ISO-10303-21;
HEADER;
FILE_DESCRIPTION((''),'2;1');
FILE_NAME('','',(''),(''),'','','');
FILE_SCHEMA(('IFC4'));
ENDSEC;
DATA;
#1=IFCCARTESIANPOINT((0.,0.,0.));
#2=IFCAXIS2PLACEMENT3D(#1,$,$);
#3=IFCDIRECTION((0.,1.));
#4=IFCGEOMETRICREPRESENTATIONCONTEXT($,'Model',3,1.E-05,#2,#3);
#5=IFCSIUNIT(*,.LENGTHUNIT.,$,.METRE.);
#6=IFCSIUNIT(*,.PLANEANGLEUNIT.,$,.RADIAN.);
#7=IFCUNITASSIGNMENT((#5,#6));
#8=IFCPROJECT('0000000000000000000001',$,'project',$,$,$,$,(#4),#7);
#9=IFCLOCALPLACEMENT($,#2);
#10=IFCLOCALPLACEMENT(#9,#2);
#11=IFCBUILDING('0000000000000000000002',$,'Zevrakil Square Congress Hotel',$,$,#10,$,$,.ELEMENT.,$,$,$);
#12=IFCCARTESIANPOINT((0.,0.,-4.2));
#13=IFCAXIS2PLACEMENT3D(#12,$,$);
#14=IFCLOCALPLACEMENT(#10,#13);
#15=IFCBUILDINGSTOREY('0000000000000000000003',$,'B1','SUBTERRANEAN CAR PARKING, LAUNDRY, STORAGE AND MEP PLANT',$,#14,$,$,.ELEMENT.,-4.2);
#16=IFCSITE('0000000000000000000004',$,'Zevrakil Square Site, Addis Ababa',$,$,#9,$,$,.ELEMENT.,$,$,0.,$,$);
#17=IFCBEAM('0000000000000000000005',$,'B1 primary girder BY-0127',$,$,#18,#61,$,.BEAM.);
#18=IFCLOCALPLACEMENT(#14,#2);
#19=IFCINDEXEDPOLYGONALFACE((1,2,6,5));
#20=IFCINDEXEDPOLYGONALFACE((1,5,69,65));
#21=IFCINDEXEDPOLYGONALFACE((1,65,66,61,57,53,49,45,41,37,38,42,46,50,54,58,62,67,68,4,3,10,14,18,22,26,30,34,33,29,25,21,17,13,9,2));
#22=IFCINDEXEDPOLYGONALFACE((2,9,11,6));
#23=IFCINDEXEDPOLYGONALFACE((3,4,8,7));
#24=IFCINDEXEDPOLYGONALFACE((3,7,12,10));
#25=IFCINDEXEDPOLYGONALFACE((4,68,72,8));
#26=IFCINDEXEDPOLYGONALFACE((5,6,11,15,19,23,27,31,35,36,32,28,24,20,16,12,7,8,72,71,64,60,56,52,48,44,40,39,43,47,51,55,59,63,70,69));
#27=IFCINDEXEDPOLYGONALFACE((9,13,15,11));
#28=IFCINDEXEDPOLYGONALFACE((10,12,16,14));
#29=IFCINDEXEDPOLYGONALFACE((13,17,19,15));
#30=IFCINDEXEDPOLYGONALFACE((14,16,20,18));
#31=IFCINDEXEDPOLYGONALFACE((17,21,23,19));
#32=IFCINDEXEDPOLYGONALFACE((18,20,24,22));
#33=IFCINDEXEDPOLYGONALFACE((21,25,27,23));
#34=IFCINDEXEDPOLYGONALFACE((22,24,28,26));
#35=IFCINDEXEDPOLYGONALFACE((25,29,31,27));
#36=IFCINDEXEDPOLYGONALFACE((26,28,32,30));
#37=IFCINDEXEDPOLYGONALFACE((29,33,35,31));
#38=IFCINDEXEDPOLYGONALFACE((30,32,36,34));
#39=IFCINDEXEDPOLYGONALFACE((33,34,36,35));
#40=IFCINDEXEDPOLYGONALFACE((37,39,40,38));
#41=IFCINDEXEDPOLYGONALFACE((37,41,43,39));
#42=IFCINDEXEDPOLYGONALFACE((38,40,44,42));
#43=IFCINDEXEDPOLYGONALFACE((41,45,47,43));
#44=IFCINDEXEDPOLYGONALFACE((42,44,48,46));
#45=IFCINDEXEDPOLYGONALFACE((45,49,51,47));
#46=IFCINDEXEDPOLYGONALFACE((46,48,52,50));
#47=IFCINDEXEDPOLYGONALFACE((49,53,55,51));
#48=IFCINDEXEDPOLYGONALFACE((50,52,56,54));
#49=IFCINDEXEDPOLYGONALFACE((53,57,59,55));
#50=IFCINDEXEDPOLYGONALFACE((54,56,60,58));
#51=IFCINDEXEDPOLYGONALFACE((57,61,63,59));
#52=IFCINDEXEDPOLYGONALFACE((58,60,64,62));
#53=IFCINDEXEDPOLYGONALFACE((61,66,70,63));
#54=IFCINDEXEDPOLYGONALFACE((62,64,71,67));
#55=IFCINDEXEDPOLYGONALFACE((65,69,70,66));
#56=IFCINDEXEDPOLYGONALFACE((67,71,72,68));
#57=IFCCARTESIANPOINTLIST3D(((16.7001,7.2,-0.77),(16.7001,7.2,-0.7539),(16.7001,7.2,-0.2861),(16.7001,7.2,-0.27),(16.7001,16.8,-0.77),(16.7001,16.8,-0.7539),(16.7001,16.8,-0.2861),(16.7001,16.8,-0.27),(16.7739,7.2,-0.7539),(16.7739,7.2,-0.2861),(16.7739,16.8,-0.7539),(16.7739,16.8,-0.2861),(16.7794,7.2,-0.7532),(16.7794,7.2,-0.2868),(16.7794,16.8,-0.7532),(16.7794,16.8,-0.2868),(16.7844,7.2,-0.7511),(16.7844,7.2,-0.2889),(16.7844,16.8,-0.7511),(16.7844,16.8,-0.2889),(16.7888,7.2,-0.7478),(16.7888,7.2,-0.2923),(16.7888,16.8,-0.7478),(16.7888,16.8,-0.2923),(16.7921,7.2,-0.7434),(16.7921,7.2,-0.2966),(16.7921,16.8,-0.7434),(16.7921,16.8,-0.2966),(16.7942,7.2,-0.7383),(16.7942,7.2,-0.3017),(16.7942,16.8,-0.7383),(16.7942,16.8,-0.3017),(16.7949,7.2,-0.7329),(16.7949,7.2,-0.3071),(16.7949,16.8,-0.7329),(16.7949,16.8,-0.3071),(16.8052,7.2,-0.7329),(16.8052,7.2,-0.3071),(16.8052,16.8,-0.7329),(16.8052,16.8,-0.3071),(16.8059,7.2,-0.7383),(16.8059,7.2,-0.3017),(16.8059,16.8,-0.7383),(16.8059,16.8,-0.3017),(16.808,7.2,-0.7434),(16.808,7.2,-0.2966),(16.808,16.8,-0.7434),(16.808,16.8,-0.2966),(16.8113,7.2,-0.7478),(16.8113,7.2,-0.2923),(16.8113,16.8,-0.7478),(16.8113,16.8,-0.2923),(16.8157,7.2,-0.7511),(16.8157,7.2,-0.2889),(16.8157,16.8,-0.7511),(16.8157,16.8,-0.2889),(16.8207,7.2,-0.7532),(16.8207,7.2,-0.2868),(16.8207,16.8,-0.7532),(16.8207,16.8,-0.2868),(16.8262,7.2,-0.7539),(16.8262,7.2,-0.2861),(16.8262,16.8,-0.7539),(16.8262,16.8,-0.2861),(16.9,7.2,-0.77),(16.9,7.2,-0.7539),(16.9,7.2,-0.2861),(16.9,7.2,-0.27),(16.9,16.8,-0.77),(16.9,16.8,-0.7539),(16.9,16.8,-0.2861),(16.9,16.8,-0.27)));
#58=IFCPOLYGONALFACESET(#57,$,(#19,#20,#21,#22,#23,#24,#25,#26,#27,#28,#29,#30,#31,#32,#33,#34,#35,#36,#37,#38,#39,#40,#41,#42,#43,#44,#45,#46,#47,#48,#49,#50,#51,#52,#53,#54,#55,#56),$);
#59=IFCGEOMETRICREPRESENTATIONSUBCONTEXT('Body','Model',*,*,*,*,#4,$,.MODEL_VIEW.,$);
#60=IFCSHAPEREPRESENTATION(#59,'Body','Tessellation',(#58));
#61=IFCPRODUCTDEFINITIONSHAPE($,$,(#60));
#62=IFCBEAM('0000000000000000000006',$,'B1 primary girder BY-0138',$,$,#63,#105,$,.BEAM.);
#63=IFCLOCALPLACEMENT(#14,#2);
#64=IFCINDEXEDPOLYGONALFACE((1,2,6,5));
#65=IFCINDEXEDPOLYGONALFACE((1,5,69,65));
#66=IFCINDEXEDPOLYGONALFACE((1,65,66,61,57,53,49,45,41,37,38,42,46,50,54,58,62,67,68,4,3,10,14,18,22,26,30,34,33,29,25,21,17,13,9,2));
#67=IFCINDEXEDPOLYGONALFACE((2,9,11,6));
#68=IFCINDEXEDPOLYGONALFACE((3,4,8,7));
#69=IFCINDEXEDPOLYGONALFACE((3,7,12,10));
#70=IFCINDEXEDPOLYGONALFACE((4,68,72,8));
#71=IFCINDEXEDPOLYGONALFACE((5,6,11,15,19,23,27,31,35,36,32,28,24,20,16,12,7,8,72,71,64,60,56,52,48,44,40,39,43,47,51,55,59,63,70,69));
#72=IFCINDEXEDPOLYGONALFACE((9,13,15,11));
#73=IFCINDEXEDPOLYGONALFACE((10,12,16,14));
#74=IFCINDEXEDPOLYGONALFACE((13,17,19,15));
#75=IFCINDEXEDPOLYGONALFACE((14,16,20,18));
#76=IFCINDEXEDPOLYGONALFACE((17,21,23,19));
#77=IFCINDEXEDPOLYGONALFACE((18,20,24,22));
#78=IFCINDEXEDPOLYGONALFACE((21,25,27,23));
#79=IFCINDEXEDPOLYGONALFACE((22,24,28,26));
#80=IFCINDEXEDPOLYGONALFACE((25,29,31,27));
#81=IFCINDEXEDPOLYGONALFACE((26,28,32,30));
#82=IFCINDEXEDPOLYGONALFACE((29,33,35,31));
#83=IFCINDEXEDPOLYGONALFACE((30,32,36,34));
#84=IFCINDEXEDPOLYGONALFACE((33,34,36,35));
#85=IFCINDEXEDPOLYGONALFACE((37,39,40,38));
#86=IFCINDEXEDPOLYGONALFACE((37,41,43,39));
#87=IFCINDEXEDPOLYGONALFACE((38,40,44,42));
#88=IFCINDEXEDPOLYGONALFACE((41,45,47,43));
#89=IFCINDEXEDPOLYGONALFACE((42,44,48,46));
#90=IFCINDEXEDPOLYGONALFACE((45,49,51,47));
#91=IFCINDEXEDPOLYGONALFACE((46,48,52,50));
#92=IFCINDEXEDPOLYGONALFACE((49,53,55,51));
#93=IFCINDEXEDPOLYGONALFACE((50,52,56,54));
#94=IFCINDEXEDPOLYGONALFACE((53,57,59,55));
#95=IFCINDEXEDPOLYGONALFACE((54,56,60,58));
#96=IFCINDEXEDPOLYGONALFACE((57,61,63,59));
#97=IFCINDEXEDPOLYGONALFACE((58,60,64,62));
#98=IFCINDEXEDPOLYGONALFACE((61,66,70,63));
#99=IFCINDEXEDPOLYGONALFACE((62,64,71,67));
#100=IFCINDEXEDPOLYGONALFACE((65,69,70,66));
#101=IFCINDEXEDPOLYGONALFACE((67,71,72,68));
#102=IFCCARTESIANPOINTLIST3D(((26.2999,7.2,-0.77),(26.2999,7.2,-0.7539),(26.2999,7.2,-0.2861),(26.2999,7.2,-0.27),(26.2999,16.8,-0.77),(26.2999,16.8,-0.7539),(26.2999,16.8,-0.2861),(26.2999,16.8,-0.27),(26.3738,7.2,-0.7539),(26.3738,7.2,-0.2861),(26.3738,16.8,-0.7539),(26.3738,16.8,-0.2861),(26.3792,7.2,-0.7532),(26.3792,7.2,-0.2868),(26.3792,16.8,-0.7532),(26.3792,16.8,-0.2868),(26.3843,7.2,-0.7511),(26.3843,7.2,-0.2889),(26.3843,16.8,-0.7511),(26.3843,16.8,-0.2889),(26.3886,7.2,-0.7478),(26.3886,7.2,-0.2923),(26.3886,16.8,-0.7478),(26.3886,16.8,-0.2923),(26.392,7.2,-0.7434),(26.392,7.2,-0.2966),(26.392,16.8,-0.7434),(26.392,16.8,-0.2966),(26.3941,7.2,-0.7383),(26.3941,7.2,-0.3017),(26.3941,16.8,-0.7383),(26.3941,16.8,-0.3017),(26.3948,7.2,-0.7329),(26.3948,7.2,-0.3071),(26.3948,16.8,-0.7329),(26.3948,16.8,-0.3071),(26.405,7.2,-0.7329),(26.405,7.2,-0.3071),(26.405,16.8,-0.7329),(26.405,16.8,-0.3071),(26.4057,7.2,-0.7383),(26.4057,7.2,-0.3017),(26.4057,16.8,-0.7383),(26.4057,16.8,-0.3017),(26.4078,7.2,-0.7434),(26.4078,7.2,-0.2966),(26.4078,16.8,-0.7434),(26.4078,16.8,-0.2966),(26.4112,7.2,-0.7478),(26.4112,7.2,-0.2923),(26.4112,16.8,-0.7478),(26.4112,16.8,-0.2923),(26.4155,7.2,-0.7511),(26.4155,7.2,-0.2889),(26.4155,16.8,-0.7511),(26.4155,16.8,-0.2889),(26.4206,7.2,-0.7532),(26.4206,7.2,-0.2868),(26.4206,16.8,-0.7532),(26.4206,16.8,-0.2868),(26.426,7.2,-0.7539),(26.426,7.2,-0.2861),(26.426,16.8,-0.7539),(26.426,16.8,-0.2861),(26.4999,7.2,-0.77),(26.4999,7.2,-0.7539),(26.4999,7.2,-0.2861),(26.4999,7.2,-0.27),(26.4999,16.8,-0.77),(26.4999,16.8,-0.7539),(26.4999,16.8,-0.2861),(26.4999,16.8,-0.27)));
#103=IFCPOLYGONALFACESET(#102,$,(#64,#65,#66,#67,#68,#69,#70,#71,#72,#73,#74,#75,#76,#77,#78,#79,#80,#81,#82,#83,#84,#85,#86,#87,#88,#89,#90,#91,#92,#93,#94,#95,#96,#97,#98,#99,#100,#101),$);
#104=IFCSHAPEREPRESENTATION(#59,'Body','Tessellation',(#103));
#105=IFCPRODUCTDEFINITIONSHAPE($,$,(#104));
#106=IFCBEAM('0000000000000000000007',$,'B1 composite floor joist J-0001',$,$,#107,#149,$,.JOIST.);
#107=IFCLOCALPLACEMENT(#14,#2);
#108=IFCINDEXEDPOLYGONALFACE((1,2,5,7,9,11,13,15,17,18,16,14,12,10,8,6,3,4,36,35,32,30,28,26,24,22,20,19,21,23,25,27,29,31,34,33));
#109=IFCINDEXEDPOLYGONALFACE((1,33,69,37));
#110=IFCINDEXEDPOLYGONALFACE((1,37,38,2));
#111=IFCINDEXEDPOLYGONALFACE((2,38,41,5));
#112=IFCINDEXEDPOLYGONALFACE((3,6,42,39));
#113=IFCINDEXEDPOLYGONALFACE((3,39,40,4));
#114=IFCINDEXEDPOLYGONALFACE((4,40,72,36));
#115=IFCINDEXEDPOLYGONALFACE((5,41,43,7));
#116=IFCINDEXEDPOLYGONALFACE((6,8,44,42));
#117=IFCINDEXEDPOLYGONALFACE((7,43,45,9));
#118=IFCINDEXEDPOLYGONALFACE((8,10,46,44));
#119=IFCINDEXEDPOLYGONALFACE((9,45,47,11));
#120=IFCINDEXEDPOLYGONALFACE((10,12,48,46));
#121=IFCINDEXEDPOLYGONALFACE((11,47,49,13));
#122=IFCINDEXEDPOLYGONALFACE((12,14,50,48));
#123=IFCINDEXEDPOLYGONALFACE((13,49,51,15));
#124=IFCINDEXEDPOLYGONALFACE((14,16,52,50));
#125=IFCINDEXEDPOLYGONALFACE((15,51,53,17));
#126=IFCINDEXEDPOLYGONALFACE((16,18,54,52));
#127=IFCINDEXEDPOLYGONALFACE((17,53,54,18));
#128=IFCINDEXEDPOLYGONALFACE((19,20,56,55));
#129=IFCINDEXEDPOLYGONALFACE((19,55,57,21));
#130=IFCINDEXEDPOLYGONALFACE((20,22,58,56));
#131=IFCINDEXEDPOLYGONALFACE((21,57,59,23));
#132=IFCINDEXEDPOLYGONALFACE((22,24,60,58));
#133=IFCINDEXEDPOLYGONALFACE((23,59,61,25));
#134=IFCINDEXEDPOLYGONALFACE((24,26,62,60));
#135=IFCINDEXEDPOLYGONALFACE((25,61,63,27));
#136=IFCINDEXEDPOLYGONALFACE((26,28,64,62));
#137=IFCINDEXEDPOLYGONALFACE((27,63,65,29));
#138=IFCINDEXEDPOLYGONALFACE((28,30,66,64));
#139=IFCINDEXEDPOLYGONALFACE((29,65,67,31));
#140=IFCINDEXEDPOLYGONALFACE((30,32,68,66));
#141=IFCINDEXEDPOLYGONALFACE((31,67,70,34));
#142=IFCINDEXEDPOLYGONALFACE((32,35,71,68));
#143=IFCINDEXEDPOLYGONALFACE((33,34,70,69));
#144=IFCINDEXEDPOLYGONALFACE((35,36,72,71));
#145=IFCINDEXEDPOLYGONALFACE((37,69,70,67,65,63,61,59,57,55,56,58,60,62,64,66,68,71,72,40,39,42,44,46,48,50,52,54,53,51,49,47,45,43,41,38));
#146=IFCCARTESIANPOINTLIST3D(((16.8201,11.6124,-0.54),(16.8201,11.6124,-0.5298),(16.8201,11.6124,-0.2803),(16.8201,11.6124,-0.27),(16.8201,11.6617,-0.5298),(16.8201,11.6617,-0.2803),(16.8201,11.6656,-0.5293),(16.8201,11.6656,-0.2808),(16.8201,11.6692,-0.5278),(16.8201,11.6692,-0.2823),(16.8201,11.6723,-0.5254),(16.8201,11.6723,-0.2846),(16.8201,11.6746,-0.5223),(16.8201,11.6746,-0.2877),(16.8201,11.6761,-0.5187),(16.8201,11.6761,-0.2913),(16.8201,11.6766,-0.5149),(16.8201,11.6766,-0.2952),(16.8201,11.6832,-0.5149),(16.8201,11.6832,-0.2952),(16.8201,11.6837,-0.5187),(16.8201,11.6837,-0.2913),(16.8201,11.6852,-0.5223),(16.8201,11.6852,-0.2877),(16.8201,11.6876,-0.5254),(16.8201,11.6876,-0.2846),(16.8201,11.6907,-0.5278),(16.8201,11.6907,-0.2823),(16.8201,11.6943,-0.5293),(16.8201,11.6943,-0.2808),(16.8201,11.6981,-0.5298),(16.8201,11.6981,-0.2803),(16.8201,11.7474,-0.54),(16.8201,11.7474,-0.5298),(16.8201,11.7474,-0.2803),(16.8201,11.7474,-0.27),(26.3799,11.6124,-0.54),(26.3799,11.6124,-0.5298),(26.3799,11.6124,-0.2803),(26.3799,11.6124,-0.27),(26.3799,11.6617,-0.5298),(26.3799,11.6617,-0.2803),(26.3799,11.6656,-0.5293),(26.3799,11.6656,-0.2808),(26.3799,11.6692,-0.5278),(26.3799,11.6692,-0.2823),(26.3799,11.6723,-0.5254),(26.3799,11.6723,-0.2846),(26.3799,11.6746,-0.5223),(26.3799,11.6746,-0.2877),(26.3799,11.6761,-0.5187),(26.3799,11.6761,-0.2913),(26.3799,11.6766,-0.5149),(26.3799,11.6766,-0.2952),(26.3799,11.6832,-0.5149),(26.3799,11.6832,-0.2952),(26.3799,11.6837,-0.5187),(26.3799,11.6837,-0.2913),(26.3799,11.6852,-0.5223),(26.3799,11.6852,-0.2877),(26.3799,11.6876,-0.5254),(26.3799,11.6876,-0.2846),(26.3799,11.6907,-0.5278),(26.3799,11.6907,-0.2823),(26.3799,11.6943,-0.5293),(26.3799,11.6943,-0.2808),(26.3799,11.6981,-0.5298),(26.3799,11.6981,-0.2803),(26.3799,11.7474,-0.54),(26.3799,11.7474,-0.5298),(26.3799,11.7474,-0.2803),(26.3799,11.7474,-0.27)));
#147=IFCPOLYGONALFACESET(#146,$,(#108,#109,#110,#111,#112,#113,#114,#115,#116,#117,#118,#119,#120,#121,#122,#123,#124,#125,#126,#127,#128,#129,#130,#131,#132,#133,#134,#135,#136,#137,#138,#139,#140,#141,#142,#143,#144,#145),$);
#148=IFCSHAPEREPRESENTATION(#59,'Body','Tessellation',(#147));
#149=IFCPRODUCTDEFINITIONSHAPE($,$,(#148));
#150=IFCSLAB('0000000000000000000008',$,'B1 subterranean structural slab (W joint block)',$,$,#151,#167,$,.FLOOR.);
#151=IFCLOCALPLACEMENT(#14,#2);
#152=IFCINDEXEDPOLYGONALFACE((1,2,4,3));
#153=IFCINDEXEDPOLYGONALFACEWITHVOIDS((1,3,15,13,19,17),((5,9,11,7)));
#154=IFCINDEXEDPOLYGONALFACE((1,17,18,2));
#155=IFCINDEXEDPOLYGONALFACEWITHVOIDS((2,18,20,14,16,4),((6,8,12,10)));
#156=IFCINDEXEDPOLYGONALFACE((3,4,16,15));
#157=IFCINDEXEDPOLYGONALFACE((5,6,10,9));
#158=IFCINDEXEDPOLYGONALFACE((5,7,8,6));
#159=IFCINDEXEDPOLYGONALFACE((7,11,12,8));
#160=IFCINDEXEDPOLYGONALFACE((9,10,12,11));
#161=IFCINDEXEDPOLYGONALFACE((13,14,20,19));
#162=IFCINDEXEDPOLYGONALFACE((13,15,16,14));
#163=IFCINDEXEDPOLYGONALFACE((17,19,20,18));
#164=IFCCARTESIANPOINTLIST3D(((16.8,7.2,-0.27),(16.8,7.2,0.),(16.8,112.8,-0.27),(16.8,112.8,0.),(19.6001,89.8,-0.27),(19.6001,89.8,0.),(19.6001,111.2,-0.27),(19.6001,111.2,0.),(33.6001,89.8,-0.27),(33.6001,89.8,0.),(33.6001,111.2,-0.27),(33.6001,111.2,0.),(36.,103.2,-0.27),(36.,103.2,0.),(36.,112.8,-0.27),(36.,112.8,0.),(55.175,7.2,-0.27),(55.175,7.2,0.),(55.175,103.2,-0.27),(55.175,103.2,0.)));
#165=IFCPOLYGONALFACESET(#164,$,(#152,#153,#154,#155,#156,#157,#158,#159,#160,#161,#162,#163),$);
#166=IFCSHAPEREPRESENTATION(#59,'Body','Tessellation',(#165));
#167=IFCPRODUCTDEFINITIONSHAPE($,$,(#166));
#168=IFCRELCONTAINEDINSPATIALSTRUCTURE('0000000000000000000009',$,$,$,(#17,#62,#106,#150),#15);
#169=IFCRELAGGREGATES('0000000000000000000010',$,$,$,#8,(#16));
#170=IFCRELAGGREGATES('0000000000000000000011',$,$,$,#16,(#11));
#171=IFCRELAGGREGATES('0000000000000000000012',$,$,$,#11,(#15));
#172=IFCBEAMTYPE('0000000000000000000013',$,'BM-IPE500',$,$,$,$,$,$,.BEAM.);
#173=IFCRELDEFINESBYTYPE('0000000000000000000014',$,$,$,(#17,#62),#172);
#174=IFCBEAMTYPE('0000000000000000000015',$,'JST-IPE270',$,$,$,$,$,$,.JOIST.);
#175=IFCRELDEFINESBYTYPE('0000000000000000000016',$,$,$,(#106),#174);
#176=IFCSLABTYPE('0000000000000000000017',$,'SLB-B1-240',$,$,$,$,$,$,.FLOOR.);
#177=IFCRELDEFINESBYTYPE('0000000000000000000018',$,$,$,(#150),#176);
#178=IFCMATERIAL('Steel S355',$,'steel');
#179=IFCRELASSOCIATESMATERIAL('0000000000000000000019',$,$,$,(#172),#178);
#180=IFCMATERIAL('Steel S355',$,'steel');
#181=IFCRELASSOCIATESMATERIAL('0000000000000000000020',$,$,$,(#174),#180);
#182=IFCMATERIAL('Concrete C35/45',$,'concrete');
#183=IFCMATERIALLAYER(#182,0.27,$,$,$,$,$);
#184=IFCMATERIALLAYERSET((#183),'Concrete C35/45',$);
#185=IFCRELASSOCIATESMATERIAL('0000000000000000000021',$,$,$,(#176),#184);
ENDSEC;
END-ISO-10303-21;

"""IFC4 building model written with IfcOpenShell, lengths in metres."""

from ifc_helpers import new_model, si_unit, direction, frame, origin, origin_2d, place, context, subcontext, project, spatial, polyline, i_section, outline, extrude, material, layer, layer_set, material_profile, profile_set, type_object, element, save


model = new_model("IFC4")

# Units and contexts
model_context = context("Model", 3, precision=1e-05, world=origin(), true_north=direction((0.0, 1.0)))
body_context = subcontext(model_context, "Body", "Model", "MODEL_VIEW")
ifc_project = project(units=[si_unit("LENGTHUNIT", "METRE"), si_unit("PLANEANGLEUNIT", "RADIAN")], contexts=[model_context])

# Site, building, storey
site_placement = place(None, origin())
site = spatial("IfcSite", under=ifc_project, at=site_placement, Name="Zevrakil Square Site, Addis Ababa", CompositionType="ELEMENT", RefElevation=0.0)
building_placement = place(site_placement, origin())
building = spatial("IfcBuilding", under=site, at=building_placement, Name="Zevrakil Square Congress Hotel", CompositionType="ELEMENT")
storey_placement = place(building_placement, frame((0.0, 0.0, -4.2)))
storey = spatial("IfcBuildingStorey", under=building, at=storey_placement, Name="B1", Description="SUBTERRANEAN CAR PARKING, LAUNDRY, STORAGE AND MEP PLANT", CompositionType="ELEMENT", Elevation=-4.2)

# Beams
ifc_material_1 = material(Name="Steel S355", Category="steel")
ifc_material_profile_1 = material_profile(ifc_material_1, i_section(OverallWidth=0.2, OverallDepth=0.5, WebThickness=0.0103, FlangeThickness=0.0161, FilletRadius=0.021, at=origin_2d()), Name="IPE 500")
ifc_profile_set_1 = profile_set([ifc_material_profile_1], Name="Steel S355")
beam_type_1 = type_object("IfcBeamType", Name="BM-IPE500", PredefinedType="BEAM", material=ifc_profile_set_1)
for number, where, z_axis, x_axis, name in (
    (1, (16.8, 7.2, -0.52), (0.0, 1.0, 0.0), (-1.0, 0.0, 0.0), "B1 primary girder BY-0127"),
    (2, (26.3999, 7.2, -0.52), (0.0, 1.0, 0.0), (-1.0, 0.0, 0.0), "B1 primary girder BY-0138"),
):
    element("IfcBeam", number, at=place(storey_placement, frame(where, z_axis=z_axis, x_axis=x_axis)), inside=storey, type_object=beam_type_1, Name=name, PredefinedType="BEAM", context=body_context, shape_type="SweptSolid", body=[
        extrude(i_section(OverallWidth=0.2, OverallDepth=0.5, WebThickness=0.0103, FlangeThickness=0.0161, FilletRadius=0.021, at=origin_2d()), origin(), (0.0, 0.0, 1.0), 9.6001),
    ])
ifc_material_2 = material(Name="Steel S355", Category="steel")
ifc_material_profile_2 = material_profile(ifc_material_2, i_section(OverallWidth=0.135, OverallDepth=0.27, WebThickness=0.0066, FlangeThickness=0.0103, FilletRadius=0.0149, at=origin_2d()), Name="IPE 270")
ifc_profile_set_2 = profile_set([ifc_material_profile_2], Name="Steel S355")
beam_type_2 = type_object("IfcBeamType", Name="JST-IPE270", PredefinedType="JOIST", material=ifc_profile_set_2)
beam_1_placement = place(storey_placement, frame((16.8201, 11.6799, -0.405), z_axis=(1.0, 0.0, 0.0), x_axis=(0.0, 1.0, 0.0)))
element("IfcBeam", 3, at=beam_1_placement, inside=storey, type_object=beam_type_2, Name="B1 composite floor joist J-0001", PredefinedType="JOIST", context=body_context, shape_type="SweptSolid", body=[
    extrude(i_section(OverallWidth=0.135, OverallDepth=0.27, WebThickness=0.0066, FlangeThickness=0.0103, FilletRadius=0.0149, at=origin_2d()), origin(), (0.0, 0.0, 1.0), 9.5598),
])

# Slab
ifc_material_3 = material(Name="Concrete C35/45", Category="concrete")
ifc_layer_1 = layer(ifc_material_3, 0.27)
ifc_layer_set_1 = layer_set([ifc_layer_1], Name="Concrete C35/45")
slab_type_1 = type_object("IfcSlabType", Name="SLB-B1-240", PredefinedType="FLOOR", material=ifc_layer_set_1)
slab_1_placement = place(storey_placement, frame((0.0, 0.0, -0.27)))
element("IfcSlab", 4, at=slab_1_placement, inside=storey, type_object=slab_type_1, Name="B1 subterranean structural slab (W joint block)", PredefinedType="FLOOR", context=body_context, shape_type="SweptSolid", body=[
    extrude(outline(polyline([(16.8, 7.2), (16.8, 112.8), (36.0, 112.8), (36.0, 103.2), (55.175, 103.2), (55.175, 7.2), (16.8, 7.2)]), holes=[polyline([(19.6001, 89.8), (33.6001, 89.8), (33.6001, 111.2), (19.6001, 111.2), (19.6001, 89.8)])]), origin(), (0.0, 0.0, 1.0), 0.27),
])

save(model, "model.ifc")
